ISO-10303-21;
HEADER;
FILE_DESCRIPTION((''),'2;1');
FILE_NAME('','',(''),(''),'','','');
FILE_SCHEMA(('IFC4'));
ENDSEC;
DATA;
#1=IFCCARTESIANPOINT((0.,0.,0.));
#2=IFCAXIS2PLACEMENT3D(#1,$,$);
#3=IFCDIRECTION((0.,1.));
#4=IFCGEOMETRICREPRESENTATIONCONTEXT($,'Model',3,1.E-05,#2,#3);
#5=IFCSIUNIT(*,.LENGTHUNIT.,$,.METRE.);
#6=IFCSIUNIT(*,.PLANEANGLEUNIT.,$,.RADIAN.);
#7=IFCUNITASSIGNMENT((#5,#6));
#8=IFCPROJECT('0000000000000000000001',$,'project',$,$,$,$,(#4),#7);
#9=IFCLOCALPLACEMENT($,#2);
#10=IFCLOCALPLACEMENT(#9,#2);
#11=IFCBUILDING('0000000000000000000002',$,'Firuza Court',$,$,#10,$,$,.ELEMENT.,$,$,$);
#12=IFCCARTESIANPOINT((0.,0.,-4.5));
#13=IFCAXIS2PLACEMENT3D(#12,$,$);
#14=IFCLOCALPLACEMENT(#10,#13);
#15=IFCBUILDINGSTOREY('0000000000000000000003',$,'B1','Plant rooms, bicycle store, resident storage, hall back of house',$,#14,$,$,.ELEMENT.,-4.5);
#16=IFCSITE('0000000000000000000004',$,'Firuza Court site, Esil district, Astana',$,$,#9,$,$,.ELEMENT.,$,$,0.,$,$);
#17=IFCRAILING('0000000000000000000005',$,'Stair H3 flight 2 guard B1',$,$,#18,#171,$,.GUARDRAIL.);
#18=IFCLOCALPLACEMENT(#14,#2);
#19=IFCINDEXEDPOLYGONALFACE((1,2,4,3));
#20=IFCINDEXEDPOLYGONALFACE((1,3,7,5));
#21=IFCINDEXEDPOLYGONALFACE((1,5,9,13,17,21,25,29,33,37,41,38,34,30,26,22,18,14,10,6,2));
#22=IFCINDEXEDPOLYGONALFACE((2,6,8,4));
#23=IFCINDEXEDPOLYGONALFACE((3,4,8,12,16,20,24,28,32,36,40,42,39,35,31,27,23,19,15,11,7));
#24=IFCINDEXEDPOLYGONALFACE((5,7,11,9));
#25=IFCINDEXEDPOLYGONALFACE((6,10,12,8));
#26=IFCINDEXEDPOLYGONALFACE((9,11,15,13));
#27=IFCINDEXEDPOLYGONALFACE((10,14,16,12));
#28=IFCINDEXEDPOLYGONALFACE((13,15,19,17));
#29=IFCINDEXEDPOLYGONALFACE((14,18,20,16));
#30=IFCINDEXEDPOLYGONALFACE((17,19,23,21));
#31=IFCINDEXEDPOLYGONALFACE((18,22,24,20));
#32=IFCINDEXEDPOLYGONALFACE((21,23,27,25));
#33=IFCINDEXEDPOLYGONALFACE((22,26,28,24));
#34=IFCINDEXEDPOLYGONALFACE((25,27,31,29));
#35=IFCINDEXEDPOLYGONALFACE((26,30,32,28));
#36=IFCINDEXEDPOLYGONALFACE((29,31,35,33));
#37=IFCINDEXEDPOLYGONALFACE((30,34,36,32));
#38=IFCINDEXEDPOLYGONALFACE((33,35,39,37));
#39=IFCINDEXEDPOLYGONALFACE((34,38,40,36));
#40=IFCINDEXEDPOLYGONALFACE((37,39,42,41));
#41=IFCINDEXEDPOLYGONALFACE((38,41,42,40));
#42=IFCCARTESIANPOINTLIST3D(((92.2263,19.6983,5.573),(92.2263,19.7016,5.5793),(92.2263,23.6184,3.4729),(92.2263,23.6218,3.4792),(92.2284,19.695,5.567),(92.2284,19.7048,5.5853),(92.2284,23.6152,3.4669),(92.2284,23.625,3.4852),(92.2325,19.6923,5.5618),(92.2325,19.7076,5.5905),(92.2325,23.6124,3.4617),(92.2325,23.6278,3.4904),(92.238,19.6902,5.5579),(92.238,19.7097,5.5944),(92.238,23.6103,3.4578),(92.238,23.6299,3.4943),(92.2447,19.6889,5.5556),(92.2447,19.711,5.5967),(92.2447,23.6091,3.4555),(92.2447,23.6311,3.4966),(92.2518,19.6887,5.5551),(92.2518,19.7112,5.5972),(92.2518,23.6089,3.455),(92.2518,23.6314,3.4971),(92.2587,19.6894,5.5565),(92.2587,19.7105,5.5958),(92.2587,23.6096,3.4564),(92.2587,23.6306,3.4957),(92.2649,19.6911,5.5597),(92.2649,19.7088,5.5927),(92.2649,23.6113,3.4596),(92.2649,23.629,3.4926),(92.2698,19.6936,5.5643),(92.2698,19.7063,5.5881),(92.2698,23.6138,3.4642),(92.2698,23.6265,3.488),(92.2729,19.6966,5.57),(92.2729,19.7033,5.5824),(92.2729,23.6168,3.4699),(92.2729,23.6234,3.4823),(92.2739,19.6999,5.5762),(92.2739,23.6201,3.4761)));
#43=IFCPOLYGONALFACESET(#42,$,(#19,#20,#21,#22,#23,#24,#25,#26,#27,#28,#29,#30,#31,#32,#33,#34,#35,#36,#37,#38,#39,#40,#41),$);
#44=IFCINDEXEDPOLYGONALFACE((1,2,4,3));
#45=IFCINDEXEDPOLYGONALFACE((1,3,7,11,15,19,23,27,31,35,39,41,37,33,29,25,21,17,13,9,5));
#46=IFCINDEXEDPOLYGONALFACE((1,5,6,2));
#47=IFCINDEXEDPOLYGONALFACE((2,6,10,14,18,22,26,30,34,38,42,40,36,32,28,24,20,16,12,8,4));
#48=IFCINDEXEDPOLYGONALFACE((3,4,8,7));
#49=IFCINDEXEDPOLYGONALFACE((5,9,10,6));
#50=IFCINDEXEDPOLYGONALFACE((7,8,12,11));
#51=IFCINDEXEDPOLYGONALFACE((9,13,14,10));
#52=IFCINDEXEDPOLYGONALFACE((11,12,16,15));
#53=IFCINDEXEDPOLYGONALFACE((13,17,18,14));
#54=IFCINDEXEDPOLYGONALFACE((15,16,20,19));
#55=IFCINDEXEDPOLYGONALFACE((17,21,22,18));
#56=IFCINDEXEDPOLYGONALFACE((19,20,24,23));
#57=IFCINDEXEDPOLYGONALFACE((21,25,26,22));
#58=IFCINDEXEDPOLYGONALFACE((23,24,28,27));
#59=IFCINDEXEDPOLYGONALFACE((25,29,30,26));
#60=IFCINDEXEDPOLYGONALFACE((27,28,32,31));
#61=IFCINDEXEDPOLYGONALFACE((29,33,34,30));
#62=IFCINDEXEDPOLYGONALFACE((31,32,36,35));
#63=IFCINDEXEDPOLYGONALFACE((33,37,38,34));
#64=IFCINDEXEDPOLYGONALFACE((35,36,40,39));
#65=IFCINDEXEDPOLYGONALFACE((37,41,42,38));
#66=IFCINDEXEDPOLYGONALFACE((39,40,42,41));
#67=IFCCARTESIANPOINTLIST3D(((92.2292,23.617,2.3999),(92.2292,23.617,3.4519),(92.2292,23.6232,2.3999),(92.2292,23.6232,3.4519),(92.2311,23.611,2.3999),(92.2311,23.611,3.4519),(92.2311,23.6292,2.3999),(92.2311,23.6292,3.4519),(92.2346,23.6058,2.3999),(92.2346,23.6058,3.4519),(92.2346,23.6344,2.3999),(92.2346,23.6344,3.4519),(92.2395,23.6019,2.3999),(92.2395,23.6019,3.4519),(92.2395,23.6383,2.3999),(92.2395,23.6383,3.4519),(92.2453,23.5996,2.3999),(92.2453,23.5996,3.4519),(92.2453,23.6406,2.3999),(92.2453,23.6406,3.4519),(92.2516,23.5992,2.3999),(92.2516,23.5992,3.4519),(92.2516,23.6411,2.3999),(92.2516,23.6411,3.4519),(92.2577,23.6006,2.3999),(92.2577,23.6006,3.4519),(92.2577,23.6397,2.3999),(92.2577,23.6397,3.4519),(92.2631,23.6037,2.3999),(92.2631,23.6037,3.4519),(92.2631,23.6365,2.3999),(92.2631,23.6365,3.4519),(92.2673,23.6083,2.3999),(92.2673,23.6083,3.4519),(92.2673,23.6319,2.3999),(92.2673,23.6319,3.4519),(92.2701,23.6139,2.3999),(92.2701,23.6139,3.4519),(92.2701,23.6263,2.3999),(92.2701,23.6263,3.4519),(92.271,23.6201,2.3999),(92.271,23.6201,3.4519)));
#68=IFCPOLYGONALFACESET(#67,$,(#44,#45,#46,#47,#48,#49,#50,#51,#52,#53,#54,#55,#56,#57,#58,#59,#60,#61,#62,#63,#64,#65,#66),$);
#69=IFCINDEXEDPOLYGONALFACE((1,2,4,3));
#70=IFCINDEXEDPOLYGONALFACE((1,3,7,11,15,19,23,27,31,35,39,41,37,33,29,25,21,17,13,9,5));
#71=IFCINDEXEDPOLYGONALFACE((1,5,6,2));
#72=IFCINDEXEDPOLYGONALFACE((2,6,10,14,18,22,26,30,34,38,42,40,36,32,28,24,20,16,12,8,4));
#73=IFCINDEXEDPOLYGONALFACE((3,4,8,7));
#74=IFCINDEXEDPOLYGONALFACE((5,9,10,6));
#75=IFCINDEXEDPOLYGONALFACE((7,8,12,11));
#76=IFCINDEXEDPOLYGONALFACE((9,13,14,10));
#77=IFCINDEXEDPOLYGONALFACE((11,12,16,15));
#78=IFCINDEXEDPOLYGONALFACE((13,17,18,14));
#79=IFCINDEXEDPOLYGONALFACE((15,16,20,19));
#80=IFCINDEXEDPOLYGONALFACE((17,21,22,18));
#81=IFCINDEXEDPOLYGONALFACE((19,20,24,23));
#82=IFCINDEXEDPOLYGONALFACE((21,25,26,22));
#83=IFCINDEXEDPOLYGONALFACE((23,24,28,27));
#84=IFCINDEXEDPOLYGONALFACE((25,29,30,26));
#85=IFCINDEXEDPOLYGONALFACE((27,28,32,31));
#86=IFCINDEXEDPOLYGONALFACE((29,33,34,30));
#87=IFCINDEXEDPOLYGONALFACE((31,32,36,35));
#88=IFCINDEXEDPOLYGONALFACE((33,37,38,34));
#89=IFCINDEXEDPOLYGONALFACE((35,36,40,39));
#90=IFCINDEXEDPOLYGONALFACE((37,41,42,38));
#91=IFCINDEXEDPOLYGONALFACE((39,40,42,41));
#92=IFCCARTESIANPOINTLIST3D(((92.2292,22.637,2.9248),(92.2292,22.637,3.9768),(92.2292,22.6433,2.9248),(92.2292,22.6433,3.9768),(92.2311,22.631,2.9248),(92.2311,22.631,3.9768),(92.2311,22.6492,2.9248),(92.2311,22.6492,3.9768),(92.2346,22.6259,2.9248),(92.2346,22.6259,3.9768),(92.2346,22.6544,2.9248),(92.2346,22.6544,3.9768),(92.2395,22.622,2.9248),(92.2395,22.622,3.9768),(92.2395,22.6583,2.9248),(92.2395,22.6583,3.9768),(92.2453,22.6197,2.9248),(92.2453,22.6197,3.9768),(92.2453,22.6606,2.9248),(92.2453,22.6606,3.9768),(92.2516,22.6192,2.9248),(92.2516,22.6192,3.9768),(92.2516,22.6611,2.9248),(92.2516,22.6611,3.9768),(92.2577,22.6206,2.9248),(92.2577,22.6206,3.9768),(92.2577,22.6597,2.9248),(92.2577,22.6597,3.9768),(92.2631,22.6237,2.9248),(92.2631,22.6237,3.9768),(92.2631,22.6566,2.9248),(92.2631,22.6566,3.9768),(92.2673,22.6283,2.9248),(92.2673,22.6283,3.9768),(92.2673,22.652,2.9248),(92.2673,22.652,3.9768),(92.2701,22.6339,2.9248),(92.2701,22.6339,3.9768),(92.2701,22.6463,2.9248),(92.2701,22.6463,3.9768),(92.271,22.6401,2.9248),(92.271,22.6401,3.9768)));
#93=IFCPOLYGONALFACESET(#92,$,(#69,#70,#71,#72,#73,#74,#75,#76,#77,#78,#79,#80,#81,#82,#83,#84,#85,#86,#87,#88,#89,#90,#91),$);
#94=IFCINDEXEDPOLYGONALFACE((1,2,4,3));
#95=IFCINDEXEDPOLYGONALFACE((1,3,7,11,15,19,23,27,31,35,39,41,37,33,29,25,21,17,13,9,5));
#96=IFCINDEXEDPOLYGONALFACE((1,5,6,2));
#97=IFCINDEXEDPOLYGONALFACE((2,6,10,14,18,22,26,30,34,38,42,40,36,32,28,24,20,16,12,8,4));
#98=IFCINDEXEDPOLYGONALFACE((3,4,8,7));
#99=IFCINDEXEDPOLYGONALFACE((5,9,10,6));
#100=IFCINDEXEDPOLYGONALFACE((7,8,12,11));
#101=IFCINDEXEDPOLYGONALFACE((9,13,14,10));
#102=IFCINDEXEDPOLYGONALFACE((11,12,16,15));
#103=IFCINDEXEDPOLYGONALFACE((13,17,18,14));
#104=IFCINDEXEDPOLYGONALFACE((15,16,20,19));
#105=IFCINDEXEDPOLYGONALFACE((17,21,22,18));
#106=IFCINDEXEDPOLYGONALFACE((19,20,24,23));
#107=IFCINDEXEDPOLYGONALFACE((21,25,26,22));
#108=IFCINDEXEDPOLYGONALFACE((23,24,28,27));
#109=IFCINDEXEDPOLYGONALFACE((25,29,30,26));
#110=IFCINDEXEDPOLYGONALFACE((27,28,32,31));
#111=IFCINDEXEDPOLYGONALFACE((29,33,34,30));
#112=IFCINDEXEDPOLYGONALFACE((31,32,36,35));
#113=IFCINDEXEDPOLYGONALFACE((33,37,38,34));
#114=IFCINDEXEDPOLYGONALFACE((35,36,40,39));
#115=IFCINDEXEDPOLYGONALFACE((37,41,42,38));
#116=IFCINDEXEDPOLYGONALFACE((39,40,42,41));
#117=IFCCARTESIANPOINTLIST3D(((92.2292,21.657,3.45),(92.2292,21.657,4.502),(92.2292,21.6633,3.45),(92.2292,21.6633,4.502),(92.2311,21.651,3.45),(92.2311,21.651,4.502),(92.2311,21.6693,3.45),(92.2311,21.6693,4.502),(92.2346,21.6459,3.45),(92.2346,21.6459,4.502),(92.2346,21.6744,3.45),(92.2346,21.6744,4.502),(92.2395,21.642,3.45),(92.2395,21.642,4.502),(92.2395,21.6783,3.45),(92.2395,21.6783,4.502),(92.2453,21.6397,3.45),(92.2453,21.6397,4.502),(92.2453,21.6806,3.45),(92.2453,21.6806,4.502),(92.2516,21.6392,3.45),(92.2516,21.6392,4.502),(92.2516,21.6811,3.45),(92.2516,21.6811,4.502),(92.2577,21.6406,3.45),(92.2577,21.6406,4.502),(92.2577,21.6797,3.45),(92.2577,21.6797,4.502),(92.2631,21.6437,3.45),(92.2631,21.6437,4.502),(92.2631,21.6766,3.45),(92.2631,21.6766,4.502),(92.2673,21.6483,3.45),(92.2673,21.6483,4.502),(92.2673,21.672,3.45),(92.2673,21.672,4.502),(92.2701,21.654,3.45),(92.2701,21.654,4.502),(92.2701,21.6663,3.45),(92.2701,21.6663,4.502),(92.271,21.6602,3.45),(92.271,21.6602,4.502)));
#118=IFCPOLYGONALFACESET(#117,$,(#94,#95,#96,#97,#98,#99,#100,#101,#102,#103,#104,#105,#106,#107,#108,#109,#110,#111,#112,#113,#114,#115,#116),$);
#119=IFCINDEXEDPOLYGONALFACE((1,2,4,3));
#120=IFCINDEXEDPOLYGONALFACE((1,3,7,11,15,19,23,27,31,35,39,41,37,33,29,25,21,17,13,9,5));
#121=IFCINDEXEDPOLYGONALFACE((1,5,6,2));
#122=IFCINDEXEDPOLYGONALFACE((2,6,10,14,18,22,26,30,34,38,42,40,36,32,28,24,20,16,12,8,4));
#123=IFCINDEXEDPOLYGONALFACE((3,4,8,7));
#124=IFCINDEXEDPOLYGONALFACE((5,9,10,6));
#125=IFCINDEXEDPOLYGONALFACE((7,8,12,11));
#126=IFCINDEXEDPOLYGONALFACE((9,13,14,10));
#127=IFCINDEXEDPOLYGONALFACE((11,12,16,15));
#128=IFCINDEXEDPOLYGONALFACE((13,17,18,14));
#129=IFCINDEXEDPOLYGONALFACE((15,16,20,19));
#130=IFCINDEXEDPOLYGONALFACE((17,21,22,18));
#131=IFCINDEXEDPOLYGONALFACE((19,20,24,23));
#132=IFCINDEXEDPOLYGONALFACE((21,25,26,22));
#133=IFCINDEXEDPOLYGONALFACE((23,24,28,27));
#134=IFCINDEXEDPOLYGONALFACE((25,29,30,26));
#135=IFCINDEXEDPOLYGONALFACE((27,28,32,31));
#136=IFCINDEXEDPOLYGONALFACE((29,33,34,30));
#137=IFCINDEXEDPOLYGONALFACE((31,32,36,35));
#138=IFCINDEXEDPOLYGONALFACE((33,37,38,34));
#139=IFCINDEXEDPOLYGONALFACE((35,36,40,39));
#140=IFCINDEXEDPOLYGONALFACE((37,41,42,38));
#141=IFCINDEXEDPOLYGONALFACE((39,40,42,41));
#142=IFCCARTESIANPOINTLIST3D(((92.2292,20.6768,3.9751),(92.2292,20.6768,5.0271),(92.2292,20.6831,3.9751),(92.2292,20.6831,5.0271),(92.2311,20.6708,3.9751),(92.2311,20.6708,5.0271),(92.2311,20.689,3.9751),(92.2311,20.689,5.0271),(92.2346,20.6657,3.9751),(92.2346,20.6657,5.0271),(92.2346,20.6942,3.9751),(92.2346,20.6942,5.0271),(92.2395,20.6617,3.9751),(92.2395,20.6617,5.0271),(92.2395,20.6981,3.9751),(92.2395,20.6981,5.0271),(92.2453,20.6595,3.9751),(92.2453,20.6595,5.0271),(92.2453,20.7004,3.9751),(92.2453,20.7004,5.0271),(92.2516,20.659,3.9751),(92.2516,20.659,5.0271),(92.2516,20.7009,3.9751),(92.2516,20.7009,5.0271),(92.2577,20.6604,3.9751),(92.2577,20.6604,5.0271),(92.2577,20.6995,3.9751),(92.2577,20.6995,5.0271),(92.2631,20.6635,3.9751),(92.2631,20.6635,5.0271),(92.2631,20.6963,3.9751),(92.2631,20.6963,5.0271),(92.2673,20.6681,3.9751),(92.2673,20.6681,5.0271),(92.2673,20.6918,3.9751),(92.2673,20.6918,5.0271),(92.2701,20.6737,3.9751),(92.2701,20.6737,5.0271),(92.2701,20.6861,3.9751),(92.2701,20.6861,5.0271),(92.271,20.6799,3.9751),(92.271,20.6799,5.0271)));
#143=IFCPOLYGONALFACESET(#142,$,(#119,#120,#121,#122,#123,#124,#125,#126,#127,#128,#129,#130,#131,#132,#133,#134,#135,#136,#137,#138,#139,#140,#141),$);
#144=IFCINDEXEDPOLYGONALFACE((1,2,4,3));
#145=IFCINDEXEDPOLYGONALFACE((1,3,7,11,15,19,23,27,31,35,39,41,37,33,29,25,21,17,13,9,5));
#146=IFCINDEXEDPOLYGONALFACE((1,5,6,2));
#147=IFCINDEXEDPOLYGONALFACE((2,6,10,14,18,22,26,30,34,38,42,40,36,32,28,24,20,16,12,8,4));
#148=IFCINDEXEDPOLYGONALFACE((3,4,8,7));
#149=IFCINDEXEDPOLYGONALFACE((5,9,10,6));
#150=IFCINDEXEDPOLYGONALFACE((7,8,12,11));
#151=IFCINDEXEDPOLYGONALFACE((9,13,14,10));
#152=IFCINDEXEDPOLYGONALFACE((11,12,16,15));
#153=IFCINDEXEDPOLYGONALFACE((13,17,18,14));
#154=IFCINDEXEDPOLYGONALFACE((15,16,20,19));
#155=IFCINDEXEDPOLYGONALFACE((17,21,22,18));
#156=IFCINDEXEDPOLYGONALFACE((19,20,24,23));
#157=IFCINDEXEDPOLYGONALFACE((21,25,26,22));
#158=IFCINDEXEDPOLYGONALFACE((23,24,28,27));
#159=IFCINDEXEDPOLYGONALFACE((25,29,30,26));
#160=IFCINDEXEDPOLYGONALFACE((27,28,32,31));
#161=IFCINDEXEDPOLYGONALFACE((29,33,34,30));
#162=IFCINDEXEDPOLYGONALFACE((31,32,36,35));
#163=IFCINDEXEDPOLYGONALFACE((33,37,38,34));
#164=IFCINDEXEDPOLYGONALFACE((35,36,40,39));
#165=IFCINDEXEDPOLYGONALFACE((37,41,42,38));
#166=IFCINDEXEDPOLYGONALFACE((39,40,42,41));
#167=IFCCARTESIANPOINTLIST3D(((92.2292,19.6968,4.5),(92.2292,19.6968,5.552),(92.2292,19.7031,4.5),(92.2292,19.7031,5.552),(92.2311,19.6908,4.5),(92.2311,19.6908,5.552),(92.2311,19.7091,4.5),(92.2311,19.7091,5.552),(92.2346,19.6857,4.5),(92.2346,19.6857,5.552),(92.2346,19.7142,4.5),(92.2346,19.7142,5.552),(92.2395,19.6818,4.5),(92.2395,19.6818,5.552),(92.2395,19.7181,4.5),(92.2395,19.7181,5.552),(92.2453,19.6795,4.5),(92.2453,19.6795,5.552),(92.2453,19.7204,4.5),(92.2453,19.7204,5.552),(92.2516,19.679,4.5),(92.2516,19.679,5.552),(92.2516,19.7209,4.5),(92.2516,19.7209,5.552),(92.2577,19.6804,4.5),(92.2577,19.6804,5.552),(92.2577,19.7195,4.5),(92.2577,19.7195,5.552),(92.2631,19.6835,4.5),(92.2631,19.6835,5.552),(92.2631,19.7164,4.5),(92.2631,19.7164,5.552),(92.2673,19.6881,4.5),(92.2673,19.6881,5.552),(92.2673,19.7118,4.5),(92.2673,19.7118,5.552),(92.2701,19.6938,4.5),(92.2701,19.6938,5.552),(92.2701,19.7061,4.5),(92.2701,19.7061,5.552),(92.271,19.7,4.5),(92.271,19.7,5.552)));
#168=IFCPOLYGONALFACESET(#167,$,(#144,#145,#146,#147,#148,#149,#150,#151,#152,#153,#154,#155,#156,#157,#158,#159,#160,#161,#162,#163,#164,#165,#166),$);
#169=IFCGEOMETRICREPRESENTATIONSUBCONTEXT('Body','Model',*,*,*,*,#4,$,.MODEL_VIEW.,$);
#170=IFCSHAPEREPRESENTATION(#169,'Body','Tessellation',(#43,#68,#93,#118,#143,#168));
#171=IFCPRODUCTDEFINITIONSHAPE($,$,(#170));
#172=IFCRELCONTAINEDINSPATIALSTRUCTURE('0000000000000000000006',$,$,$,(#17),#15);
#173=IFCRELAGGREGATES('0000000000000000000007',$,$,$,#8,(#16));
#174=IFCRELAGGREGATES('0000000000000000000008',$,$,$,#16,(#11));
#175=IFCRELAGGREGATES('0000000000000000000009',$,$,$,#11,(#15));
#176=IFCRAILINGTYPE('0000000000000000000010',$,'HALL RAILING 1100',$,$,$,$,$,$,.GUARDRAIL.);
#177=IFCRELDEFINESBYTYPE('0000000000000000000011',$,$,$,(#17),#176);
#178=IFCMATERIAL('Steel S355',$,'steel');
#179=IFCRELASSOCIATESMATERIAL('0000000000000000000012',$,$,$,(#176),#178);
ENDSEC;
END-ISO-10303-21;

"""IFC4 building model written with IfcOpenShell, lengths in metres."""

from ifc_helpers import new_model, si_unit, direction, frame, origin, origin_2d, place, context, subcontext, project, spatial, circle, extrude, material, type_object, element, save


model = new_model("IFC4")

# Units and contexts
model_context = context("Model", 3, precision=1e-05, world=origin(), true_north=direction((0.0, 1.0)))
body_context = subcontext(model_context, "Body", "Model", "MODEL_VIEW")
ifc_project = project(units=[si_unit("LENGTHUNIT", "METRE"), si_unit("PLANEANGLEUNIT", "RADIAN")], contexts=[model_context])

# Site, building, storey
site_placement = place(None, origin())
site = spatial("IfcSite", under=ifc_project, at=site_placement, Name="Firuza Court site, Esil district, Astana", CompositionType="ELEMENT", RefElevation=0.0)
building_placement = place(site_placement, origin())
building = spatial("IfcBuilding", under=site, at=building_placement, Name="Firuza Court", CompositionType="ELEMENT")
storey_placement = place(building_placement, frame((0.0, 0.0, -4.5)))
storey = spatial("IfcBuildingStorey", under=building, at=storey_placement, Name="B1", Description="Plant rooms, bicycle store, resident storage, hall back of house", CompositionType="ELEMENT", Elevation=-4.5)

# Railing
ifc_material_1 = material(Name="Steel S355", Category="steel")
railing_type_1 = type_object("IfcRailingType", Name="HALL RAILING 1100", PredefinedType="GUARDRAIL", material=ifc_material_1)
railing_1_placement = place(storey_placement, frame((92.25, 23.6201, 2.3999)))
element("IfcRailing", 1, at=railing_1_placement, inside=storey, type_object=railing_type_1, Name="Stair H3 flight 2 guard B1", PredefinedType="GUARDRAIL", context=body_context, shape_type="SweptSolid", body=[
    extrude(circle(Radius=0.0239, at=origin_2d()), frame((0.0, 0.0, 1.0762), z_axis=(0.0, -0.881479, 0.472223), x_axis=(1.0, 0.0, 0.0)), (0.0, 0.0, 1.0), 4.4473),
    extrude(circle(Radius=0.021, at=origin_2d()), origin(), (0.0, 0.0, 1.0), 1.052),
    extrude(circle(Radius=0.021, at=origin_2d()), frame((0.0, -0.98, 0.5249)), (0.0, 0.0, 1.0), 1.052),
    extrude(circle(Radius=0.021, at=origin_2d()), frame((0.0, -1.96, 1.05)), (0.0, 0.0, 1.0), 1.052),
    extrude(circle(Radius=0.021, at=origin_2d()), frame((0.0, -2.9402, 1.5752)), (0.0, 0.0, 1.0), 1.052),
    extrude(circle(Radius=0.021, at=origin_2d()), frame((0.0, -3.9202, 2.1001)), (0.0, 0.0, 1.0), 1.052),
])

save(model, "model.ifc")
